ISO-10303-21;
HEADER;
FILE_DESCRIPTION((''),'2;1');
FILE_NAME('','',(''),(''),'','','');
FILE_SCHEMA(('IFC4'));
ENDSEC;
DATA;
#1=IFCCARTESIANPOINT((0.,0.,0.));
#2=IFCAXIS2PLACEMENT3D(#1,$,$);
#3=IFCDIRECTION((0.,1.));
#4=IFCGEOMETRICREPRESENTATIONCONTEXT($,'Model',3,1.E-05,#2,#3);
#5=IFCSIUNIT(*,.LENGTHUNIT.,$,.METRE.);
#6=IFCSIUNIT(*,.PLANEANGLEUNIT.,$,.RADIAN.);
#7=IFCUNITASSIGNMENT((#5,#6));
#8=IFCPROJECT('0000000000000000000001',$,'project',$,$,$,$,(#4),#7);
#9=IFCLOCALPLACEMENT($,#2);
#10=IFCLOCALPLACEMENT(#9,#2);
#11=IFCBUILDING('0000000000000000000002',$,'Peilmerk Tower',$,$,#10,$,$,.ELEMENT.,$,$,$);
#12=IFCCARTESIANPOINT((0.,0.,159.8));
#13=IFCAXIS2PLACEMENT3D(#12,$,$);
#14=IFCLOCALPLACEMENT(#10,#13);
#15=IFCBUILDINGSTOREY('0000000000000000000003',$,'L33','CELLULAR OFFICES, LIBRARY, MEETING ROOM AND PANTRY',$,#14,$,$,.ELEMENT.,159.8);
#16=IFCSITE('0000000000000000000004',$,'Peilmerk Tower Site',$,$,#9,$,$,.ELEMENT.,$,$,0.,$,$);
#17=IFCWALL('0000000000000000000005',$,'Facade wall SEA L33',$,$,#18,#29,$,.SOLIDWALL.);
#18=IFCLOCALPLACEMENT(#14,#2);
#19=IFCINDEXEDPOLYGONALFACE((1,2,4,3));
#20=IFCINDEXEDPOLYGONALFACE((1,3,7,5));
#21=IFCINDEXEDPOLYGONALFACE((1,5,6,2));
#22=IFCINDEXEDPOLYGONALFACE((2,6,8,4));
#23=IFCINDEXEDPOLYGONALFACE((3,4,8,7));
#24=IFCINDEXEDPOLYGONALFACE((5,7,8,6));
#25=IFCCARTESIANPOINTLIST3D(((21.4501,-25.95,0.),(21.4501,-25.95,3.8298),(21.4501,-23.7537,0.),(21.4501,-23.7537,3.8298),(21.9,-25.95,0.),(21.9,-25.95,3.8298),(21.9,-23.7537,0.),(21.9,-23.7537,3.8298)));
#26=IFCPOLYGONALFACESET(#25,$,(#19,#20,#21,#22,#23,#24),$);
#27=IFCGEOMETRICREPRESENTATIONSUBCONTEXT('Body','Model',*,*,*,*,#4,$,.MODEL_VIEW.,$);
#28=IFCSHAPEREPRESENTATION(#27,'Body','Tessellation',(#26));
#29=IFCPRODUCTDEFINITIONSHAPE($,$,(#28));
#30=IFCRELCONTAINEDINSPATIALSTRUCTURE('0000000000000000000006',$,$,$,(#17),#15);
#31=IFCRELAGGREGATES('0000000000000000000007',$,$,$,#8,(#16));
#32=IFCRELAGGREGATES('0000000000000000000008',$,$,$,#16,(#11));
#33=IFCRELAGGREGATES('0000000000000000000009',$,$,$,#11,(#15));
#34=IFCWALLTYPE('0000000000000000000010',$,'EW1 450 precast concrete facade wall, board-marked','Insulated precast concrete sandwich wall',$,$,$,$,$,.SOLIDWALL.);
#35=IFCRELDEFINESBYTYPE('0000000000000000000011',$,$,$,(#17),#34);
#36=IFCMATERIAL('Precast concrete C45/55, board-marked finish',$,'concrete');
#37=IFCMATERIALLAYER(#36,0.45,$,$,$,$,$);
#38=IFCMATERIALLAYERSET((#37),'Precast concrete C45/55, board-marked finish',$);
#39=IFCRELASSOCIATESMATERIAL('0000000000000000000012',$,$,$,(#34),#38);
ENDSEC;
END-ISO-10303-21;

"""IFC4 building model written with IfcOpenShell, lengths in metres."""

from ifc_helpers import new_model, si_unit, direction, frame, frame_2d, origin, place, context, subcontext, project, spatial, rectangle, extrude, material, layer, layer_set, type_object, element, save


model = new_model("IFC4")

# Units and contexts
model_context = context("Model", 3, precision=1e-05, world=origin(), true_north=direction((0.0, 1.0)))
body_context = subcontext(model_context, "Body", "Model", "MODEL_VIEW")
ifc_project = project(units=[si_unit("LENGTHUNIT", "METRE"), si_unit("PLANEANGLEUNIT", "RADIAN")], contexts=[model_context])

# Site, building, storey
site_placement = place(None, origin())
site = spatial("IfcSite", under=ifc_project, at=site_placement, Name="Peilmerk Tower Site", CompositionType="ELEMENT", RefElevation=0.0)
building_placement = place(site_placement, origin())
building = spatial("IfcBuilding", under=site, at=building_placement, Name="Peilmerk Tower", CompositionType="ELEMENT")
storey_placement = place(building_placement, frame((0.0, 0.0, 159.8)))
storey = spatial("IfcBuildingStorey", under=building, at=storey_placement, Name="L33", Description="CELLULAR OFFICES, LIBRARY, MEETING ROOM AND PANTRY", CompositionType="ELEMENT", Elevation=159.8)

# Shared definitions
ifc_material_1 = material(Name="Precast concrete C45/55, board-marked finish", Category="concrete")
ifc_layer_1 = layer(ifc_material_1, 0.45)
ifc_layer_set_1 = layer_set([ifc_layer_1], Name="Precast concrete C45/55, board-marked finish")
wall_type = type_object("IfcWallType", Name="EW1 450 precast concrete facade wall, board-marked", Description="Insulated precast concrete sandwich wall", PredefinedType="SOLIDWALL", material=ifc_layer_set_1)

# Wall
wall_1_placement = place(storey_placement, frame((21.675, -23.7537, 0.0), z_axis=(0.0, 0.0, 1.0), x_axis=(0.0, -1.0, 0.0)))
element("IfcWall", 1, at=wall_1_placement, inside=storey, type_object=wall_type, Name="Facade wall SEA L33", PredefinedType="SOLIDWALL", context=body_context, shape_type="SweptSolid", body=[
    extrude(rectangle(XDim=2.1963, YDim=0.45, at=frame_2d((1.0981, 0.0))), origin(), (0.0, 0.0, 1.0), 3.8298),
])

save(model, "model.ifc")
